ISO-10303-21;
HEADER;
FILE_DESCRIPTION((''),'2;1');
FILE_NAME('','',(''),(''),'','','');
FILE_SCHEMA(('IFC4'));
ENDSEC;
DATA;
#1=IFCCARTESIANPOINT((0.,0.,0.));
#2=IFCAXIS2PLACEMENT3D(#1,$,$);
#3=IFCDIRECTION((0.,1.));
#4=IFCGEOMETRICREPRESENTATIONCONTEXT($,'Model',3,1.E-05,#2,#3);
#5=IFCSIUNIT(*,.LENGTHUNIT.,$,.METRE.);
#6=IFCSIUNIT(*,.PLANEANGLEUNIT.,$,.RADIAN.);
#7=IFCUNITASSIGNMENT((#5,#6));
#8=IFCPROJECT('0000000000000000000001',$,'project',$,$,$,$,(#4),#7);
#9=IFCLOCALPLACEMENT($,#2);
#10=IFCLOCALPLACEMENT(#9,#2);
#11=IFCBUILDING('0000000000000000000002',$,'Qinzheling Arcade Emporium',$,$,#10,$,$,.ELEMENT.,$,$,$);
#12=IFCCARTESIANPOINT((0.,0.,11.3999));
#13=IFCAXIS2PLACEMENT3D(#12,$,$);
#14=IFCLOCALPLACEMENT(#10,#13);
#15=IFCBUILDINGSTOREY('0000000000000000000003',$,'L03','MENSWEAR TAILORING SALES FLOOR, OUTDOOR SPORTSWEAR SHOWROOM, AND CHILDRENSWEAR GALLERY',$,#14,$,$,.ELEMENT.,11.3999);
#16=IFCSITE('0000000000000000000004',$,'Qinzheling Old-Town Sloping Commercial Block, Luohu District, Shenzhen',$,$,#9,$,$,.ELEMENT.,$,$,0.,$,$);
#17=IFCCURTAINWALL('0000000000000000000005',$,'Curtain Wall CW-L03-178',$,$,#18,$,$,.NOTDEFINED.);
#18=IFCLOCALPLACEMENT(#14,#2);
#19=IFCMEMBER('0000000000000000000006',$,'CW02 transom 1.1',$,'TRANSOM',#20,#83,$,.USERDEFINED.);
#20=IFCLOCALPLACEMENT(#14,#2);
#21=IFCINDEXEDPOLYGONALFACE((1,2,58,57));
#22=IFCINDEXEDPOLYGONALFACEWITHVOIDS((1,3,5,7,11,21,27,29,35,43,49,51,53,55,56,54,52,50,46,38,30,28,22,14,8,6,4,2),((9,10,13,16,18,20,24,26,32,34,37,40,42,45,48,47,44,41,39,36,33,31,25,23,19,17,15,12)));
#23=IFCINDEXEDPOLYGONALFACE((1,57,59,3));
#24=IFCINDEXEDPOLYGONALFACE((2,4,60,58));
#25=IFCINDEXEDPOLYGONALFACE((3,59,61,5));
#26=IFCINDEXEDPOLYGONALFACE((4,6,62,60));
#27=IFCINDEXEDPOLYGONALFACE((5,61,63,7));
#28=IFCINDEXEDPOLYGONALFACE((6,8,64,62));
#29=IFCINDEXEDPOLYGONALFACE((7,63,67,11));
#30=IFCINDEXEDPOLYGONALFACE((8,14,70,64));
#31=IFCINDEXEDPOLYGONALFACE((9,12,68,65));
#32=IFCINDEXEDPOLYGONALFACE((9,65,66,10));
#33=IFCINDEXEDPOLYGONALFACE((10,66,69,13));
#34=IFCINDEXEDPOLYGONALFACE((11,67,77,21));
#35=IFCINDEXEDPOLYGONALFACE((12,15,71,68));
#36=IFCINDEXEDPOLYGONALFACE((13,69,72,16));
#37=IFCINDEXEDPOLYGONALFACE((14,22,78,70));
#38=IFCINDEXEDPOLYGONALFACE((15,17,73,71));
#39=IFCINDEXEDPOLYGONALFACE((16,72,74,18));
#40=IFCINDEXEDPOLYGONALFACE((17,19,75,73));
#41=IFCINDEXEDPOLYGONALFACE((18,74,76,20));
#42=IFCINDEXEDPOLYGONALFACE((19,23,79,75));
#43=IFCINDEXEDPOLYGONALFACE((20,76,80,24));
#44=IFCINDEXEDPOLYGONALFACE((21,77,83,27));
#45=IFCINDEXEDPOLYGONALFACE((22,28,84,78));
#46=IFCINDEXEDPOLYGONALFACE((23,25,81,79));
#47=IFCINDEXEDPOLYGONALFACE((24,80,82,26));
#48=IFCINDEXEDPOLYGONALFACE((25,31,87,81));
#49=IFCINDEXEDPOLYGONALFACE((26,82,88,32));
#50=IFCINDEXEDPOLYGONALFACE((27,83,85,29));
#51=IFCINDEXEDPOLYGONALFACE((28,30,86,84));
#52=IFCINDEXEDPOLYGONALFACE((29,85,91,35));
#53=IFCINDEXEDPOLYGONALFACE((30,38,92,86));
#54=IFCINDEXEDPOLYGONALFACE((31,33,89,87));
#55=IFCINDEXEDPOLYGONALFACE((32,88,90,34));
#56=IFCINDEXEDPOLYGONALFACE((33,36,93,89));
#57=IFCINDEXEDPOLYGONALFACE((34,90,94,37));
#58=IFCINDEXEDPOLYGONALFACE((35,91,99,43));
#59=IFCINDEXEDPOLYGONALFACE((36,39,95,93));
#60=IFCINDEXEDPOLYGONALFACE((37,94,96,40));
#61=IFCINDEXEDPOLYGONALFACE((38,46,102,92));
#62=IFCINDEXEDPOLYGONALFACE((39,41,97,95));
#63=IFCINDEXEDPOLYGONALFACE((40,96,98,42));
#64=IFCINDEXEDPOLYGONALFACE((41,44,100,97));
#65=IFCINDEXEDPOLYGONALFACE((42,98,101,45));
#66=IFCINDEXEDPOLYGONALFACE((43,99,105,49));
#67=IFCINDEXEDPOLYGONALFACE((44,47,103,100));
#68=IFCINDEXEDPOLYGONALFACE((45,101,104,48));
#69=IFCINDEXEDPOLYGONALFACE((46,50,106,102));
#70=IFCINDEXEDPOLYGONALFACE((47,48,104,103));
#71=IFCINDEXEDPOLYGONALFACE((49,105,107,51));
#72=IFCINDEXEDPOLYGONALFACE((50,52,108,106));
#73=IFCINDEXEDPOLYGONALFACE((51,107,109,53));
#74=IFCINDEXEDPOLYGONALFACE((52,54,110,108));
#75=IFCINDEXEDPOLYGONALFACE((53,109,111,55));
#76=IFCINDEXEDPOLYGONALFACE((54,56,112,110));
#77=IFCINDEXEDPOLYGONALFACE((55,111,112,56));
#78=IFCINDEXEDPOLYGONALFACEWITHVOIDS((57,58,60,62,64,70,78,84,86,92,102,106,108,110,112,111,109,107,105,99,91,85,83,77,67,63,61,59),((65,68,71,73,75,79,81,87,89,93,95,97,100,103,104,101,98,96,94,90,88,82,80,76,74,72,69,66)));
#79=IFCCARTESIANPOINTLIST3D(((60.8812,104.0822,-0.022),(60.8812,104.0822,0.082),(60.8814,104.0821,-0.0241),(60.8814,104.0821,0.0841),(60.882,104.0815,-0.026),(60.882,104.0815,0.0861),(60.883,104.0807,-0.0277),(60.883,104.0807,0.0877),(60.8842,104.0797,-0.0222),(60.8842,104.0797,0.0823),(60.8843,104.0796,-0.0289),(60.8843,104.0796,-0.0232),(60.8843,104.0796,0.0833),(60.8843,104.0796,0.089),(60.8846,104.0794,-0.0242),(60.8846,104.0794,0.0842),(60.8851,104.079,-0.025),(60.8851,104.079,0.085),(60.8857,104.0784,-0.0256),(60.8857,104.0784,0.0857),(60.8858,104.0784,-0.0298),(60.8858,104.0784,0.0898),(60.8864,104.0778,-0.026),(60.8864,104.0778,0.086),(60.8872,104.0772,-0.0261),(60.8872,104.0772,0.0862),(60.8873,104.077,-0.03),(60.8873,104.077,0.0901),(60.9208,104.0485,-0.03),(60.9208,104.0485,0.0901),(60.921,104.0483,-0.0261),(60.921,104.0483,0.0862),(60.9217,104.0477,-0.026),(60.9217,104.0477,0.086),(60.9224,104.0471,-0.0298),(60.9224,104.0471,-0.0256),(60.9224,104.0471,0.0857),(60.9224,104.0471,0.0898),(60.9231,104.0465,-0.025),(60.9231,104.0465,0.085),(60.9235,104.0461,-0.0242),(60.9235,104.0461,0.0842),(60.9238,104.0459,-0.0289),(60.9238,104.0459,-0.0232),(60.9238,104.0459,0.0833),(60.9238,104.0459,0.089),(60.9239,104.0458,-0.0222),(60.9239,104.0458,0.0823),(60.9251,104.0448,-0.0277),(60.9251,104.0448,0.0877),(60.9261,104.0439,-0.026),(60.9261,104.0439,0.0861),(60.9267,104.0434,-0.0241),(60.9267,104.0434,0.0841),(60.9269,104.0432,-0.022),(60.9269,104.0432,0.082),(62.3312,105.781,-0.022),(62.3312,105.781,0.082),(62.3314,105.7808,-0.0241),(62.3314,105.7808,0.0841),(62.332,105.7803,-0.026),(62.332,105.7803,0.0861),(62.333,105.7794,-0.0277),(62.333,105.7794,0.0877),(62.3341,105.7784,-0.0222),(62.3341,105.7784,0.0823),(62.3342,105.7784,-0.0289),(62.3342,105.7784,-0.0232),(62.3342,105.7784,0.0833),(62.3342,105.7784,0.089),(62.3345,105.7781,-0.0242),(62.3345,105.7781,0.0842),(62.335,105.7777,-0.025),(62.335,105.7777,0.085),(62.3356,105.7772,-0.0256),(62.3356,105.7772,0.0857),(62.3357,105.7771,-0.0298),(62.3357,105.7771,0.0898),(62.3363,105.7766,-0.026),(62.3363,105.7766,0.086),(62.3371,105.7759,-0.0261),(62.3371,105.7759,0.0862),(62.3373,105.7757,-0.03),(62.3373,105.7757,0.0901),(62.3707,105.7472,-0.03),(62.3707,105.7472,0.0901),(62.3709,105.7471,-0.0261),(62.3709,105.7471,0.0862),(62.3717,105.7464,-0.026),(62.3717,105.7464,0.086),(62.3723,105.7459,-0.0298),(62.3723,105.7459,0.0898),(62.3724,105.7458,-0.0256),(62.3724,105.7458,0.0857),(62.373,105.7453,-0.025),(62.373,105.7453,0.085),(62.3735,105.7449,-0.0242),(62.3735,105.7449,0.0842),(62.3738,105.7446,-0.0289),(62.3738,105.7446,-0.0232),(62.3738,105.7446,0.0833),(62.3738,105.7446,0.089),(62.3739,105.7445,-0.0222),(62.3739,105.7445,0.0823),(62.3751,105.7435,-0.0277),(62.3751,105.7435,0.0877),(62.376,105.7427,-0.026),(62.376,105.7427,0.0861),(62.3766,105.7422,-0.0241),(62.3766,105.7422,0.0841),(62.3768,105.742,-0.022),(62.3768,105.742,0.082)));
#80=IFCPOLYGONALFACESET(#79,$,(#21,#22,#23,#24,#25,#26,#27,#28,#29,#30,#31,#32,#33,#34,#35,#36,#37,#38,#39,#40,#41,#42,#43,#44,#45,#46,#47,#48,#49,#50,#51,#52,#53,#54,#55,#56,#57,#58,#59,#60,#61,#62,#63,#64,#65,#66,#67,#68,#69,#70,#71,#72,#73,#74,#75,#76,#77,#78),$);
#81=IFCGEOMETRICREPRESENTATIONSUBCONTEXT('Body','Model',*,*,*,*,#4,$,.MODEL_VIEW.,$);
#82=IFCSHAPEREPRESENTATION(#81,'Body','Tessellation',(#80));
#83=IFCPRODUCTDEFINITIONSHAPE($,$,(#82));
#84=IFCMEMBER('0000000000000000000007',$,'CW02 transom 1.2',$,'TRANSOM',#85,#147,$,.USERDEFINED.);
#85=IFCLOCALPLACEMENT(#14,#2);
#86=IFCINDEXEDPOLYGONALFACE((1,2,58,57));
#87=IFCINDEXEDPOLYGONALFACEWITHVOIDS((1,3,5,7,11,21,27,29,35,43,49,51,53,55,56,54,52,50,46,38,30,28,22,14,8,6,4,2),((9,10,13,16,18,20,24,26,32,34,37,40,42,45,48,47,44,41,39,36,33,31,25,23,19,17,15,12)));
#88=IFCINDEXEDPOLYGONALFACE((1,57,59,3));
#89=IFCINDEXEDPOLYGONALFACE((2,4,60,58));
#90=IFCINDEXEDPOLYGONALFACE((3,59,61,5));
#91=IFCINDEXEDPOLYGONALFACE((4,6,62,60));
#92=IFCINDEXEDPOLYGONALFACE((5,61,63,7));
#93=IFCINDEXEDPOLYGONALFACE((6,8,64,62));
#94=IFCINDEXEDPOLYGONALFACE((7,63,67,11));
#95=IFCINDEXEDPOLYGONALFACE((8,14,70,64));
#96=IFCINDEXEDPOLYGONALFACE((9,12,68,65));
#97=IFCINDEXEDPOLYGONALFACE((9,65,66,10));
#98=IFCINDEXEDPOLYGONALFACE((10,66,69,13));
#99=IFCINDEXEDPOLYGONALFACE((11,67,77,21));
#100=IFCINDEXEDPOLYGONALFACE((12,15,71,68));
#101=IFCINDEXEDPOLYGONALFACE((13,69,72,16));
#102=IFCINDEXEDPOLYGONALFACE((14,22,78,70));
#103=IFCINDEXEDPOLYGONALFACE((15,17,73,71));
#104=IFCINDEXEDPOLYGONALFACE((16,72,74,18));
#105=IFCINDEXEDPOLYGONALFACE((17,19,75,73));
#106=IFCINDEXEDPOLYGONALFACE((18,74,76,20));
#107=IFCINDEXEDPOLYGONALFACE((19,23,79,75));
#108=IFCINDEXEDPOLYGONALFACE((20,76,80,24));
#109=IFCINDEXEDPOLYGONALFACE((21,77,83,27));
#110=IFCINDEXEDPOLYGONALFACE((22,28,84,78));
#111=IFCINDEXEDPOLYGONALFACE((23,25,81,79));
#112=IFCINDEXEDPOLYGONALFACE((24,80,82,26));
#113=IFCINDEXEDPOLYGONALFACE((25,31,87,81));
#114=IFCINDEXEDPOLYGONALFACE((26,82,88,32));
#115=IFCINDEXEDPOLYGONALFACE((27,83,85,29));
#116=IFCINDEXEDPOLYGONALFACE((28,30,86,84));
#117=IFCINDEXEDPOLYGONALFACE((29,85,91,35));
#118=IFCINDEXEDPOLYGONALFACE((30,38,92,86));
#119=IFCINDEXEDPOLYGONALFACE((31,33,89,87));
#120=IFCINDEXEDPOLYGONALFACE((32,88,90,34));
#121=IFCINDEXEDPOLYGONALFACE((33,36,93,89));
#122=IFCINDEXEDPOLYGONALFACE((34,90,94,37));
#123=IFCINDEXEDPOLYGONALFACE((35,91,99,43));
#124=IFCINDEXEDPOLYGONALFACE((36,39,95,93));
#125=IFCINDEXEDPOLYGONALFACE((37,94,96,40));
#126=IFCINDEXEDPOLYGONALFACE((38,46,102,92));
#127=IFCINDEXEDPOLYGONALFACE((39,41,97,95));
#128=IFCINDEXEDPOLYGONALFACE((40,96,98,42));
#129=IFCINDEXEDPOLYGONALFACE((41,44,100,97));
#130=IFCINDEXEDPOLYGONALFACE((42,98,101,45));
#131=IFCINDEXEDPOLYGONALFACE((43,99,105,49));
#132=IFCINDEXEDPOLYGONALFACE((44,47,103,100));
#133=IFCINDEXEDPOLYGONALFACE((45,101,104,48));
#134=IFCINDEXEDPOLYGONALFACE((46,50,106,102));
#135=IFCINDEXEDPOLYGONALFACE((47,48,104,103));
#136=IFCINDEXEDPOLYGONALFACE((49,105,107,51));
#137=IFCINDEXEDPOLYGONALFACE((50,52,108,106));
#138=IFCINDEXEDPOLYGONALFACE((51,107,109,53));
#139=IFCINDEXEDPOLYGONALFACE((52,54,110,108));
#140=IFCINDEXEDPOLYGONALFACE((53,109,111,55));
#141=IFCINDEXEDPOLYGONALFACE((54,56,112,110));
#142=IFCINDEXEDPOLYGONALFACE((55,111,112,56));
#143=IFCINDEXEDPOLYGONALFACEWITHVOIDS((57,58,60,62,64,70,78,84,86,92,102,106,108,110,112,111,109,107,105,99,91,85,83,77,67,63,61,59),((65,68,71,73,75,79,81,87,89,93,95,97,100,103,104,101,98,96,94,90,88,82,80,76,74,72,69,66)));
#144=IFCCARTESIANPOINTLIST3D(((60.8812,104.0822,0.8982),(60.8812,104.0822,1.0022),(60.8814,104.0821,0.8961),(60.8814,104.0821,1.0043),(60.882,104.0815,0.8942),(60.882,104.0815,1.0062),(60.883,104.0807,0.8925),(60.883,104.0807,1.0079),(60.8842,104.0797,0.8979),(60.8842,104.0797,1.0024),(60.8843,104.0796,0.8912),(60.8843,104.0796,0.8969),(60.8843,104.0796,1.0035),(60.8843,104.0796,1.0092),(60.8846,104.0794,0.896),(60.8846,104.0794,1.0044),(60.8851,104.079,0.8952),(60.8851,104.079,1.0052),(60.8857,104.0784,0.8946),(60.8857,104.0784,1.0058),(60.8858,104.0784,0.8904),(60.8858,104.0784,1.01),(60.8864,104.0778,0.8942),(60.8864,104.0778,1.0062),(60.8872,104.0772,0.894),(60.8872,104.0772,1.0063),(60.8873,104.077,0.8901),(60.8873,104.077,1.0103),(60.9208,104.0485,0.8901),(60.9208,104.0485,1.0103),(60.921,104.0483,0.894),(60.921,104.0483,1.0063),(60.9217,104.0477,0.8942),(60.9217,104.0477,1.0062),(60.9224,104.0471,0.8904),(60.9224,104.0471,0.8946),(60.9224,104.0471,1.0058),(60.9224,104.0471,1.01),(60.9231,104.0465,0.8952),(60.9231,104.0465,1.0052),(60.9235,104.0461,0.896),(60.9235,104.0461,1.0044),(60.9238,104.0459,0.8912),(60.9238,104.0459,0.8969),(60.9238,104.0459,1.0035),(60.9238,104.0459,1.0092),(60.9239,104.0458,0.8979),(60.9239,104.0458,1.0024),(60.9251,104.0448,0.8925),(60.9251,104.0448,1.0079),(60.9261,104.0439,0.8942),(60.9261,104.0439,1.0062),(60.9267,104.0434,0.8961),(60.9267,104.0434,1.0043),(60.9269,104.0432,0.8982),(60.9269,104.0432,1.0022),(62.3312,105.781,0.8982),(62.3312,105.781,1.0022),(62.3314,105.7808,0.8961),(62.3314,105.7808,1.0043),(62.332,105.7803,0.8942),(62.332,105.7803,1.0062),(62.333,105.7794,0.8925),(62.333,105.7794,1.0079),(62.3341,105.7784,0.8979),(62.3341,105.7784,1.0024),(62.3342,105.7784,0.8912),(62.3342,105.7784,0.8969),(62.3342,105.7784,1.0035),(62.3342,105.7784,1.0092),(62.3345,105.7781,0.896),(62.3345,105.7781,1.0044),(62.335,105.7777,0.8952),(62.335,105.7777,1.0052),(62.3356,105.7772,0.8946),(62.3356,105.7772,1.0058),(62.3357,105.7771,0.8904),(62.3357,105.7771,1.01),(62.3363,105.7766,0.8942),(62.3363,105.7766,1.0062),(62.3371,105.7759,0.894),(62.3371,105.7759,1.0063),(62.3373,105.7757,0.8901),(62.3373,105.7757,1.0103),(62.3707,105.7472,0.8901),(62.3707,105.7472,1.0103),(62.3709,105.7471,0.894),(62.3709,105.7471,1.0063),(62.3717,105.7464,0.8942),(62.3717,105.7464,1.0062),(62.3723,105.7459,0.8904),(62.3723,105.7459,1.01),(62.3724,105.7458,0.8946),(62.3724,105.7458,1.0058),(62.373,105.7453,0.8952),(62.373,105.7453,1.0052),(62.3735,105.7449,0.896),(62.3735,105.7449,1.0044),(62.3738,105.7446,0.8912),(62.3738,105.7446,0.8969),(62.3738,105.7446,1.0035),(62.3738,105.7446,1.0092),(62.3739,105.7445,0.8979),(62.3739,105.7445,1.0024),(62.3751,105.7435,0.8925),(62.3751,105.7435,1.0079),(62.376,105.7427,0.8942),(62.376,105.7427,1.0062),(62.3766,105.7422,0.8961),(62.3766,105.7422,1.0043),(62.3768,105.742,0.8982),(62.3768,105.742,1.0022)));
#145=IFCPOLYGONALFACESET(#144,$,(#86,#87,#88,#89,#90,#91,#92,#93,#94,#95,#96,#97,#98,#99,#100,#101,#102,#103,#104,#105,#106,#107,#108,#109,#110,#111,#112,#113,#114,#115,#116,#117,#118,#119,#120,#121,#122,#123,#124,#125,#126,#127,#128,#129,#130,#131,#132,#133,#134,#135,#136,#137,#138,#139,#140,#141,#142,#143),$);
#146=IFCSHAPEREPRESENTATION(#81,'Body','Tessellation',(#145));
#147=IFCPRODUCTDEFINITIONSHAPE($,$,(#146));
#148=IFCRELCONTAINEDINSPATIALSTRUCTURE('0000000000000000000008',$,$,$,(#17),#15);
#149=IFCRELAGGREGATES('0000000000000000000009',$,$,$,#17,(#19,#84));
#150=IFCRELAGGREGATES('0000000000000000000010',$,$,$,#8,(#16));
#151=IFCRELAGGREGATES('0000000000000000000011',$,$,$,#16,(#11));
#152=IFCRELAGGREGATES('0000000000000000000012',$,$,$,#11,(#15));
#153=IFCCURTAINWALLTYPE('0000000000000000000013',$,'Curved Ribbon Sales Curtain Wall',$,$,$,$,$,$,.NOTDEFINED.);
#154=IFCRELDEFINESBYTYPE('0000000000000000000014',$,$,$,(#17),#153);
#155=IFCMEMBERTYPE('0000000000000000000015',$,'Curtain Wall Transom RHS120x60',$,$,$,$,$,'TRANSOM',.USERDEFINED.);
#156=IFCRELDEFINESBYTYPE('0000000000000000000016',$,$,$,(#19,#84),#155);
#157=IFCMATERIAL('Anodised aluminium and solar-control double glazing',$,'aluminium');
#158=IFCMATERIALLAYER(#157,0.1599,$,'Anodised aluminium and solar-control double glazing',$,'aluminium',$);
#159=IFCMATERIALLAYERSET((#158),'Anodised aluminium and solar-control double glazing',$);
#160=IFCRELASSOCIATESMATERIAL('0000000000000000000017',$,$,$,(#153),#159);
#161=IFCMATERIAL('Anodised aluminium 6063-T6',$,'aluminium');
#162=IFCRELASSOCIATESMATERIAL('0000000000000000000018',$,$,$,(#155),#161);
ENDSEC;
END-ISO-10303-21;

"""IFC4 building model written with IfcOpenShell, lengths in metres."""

from ifc_helpers import new_model, si_unit, direction, frame, origin, origin_2d, place, context, subcontext, project, spatial, hollow_rectangle, extrude, material, layer, layer_set, material_profile, profile_set, type_object, element, aggregate, save


model = new_model("IFC4")

# Units and contexts
model_context = context("Model", 3, precision=1e-05, world=origin(), true_north=direction((0.0, 1.0)))
body_context = subcontext(model_context, "Body", "Model", "MODEL_VIEW")
ifc_project = project(units=[si_unit("LENGTHUNIT", "METRE"), si_unit("PLANEANGLEUNIT", "RADIAN")], contexts=[model_context])

# Site, building, storey
site_placement = place(None, origin())
site = spatial("IfcSite", under=ifc_project, at=site_placement, Name="Qinzheling Old-Town Sloping Commercial Block, Luohu District, Shenzhen", CompositionType="ELEMENT", RefElevation=0.0)
building_placement = place(site_placement, origin())
building = spatial("IfcBuilding", under=site, at=building_placement, Name="Qinzheling Arcade Emporium", CompositionType="ELEMENT")
storey_placement = place(building_placement, frame((0.0, 0.0, 11.3999)))
storey = spatial("IfcBuildingStorey", under=building, at=storey_placement, Name="L03", Description="MENSWEAR TAILORING SALES FLOOR, OUTDOOR SPORTSWEAR SHOWROOM, AND CHILDRENSWEAR GALLERY", CompositionType="ELEMENT", Elevation=11.3999)

# Shared definitions
ifc_material_1 = material(Name="Anodised aluminium and solar-control double glazing", Category="aluminium")
ifc_layer_1 = layer(ifc_material_1, 0.1599, Name="Anodised aluminium and solar-control double glazing", Category="aluminium")
ifc_layer_set_1 = layer_set([ifc_layer_1], Name="Anodised aluminium and solar-control double glazing")
curtain_wall_type = type_object("IfcCurtainWallType", Name="Curved Ribbon Sales Curtain Wall", PredefinedType="NOTDEFINED", material=ifc_layer_set_1)
ifc_material_2 = material(Name="Anodised aluminium 6063-T6", Category="aluminium")

# Curtain wall
curtain_wall_1_placement = place(storey_placement, origin())
curtain_wall_1 = element("IfcCurtainWall", 1, at=curtain_wall_1_placement, inside=storey, type_object=curtain_wall_type, Name="Curtain Wall CW-L03-178", PredefinedType="NOTDEFINED")

# Members
ifc_material_profile_1 = material_profile(ifc_material_2, hollow_rectangle(XDim=0.0601, YDim=0.1201, WallThickness=0.0039, InnerFilletRadius=0.0039, OuterFilletRadius=0.0081, at=origin_2d()), Name="RHS 120x60x4", Category="aluminium")
ifc_profile_set_1 = profile_set([ifc_material_profile_1], Name="Anodised aluminium 6063-T6")
member_type_1 = type_object("IfcMemberType", Name="Curtain Wall Transom RHS120x60", ElementType="TRANSOM", PredefinedType="USERDEFINED", material=ifc_profile_set_1)
member_1_placement = place(storey_placement, frame((60.9041, 104.0627, 0.03), z_axis=(0.649215, 0.760605, 0.0), x_axis=(-0.760605, 0.649215, 0.0)))
member_1 = element("IfcMember", 2, at=member_1_placement, type_object=member_type_1, Name="CW02 transom 1.1", ObjectType="TRANSOM", PredefinedType="USERDEFINED", context=body_context, shape_type="SweptSolid", body=[
    extrude(hollow_rectangle(XDim=0.0601, YDim=0.1201, WallThickness=0.0039, InnerFilletRadius=0.0039, OuterFilletRadius=0.0081, at=origin_2d()), origin(), (0.0, 0.0, 1.0), 2.2334),
])
member_2_placement = place(storey_placement, frame((60.9041, 104.0627, 0.9502), z_axis=(0.649215, 0.760605, 0.0), x_axis=(-0.760605, 0.649215, 0.0)))
member_2 = element("IfcMember", 3, at=member_2_placement, type_object=member_type_1, Name="CW02 transom 1.2", ObjectType="TRANSOM", PredefinedType="USERDEFINED", context=body_context, shape_type="SweptSolid", body=[
    extrude(hollow_rectangle(XDim=0.0601, YDim=0.1201, WallThickness=0.0039, InnerFilletRadius=0.0039, OuterFilletRadius=0.0081, at=origin_2d()), origin(), (0.0, 0.0, 1.0), 2.2334),
])

aggregate(curtain_wall_1, [member_1, member_2])

save(model, "model.ifc")
